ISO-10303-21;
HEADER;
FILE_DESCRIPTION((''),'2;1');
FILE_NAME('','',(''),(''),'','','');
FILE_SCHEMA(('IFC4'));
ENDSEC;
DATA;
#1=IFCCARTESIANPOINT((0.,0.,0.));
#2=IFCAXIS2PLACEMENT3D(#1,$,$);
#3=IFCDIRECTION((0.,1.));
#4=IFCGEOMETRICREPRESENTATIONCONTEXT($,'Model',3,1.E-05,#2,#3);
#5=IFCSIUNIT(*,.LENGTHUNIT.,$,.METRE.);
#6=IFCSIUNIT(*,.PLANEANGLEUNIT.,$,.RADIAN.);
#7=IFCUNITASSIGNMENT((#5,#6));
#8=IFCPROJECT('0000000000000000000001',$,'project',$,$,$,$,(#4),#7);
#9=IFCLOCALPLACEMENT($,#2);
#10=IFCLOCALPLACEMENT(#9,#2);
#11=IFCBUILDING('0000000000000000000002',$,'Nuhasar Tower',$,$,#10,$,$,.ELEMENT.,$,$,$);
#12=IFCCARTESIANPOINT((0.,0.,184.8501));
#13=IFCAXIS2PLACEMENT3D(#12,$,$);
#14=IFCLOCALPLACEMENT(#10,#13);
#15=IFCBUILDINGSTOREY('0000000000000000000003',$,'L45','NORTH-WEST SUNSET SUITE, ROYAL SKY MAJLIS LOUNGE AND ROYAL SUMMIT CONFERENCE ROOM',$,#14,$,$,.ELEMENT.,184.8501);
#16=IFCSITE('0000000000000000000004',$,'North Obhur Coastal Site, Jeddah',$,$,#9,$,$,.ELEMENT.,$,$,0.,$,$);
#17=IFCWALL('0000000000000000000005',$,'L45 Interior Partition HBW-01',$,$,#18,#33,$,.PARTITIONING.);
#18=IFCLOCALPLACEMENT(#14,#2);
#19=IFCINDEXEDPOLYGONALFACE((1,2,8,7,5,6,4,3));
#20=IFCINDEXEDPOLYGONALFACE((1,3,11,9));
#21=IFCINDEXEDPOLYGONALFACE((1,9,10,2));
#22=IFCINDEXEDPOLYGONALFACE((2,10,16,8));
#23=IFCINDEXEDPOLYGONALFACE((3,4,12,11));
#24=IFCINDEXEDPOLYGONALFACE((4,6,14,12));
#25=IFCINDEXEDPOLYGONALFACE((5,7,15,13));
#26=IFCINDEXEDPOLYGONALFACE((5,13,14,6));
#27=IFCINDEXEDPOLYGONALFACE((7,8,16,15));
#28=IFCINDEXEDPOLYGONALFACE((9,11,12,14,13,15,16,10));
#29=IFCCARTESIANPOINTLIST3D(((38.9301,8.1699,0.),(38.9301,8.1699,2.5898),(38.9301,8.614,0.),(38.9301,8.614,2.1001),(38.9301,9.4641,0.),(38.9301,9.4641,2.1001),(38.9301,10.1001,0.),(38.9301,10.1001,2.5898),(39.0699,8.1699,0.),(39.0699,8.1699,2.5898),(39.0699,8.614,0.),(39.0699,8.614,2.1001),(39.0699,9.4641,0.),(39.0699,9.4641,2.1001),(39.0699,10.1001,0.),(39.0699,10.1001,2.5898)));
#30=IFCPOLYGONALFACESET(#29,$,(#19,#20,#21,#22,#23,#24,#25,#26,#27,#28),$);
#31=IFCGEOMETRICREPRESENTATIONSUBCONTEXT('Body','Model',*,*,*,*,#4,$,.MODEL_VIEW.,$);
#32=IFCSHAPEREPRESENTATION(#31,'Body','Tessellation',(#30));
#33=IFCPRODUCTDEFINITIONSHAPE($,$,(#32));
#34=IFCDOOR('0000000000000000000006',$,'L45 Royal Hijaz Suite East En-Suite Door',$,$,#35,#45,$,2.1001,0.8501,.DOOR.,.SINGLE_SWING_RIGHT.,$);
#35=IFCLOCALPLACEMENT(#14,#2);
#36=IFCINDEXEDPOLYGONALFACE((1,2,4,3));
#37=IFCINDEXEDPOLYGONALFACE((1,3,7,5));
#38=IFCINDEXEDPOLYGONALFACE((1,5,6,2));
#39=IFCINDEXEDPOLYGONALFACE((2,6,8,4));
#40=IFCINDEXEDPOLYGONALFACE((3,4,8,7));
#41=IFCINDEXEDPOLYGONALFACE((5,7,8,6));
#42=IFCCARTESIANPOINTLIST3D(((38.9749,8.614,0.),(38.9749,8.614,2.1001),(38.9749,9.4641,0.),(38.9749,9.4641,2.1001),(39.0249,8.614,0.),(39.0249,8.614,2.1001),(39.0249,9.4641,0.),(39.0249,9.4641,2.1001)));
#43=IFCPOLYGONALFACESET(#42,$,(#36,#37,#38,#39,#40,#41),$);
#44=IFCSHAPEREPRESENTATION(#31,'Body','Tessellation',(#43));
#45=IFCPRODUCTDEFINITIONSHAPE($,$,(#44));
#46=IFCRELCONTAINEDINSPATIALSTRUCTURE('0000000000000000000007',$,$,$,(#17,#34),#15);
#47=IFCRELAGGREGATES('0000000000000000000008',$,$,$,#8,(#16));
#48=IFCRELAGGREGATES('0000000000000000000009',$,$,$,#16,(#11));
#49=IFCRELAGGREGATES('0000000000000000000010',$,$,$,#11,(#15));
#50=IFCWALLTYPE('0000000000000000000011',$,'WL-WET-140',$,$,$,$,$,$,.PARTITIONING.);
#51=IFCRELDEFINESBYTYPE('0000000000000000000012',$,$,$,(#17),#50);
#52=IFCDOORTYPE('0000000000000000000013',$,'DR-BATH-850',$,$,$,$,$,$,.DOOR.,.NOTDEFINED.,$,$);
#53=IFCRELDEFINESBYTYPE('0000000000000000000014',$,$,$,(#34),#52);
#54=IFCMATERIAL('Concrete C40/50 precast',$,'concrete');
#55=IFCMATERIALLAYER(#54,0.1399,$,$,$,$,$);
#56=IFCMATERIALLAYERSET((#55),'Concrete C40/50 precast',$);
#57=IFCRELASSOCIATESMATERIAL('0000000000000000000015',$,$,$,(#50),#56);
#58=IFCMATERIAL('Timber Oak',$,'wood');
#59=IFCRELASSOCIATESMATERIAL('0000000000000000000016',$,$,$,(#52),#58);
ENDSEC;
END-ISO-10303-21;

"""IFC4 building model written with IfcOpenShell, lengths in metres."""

from ifc_helpers import new_model, si_unit, direction, frame, frame_2d, origin, place, context, subcontext, project, spatial, rectangle, extrude, material, layer, layer_set, type_object, element, fill, save


model = new_model("IFC4")

# Units and contexts
model_context = context("Model", 3, precision=1e-05, world=origin(), true_north=direction((0.0, 1.0)))
body_context = subcontext(model_context, "Body", "Model", "MODEL_VIEW")
ifc_project = project(units=[si_unit("LENGTHUNIT", "METRE"), si_unit("PLANEANGLEUNIT", "RADIAN")], contexts=[model_context])

# Site, building, storey
site_placement = place(None, origin())
site = spatial("IfcSite", under=ifc_project, at=site_placement, Name="North Obhur Coastal Site, Jeddah", CompositionType="ELEMENT", RefElevation=0.0)
building_placement = place(site_placement, origin())
building = spatial("IfcBuilding", under=site, at=building_placement, Name="Nuhasar Tower", CompositionType="ELEMENT")
storey_placement = place(building_placement, frame((0.0, 0.0, 184.8501)))
storey = spatial("IfcBuildingStorey", under=building, at=storey_placement, Name="L45", Description="NORTH-WEST SUNSET SUITE, ROYAL SKY MAJLIS LOUNGE AND ROYAL SUMMIT CONFERENCE ROOM", CompositionType="ELEMENT", Elevation=184.8501)

# Shared definitions
ifc_material_1 = material(Name="Timber Oak", Category="wood")

# Wall, opening, door
ifc_material_2 = material(Name="Concrete C40/50 precast", Category="concrete")
ifc_layer_1 = layer(ifc_material_2, 0.1399)
ifc_layer_set_1 = layer_set([ifc_layer_1], Name="Concrete C40/50 precast")
wall_type_1 = type_object("IfcWallType", Name="WL-WET-140", PredefinedType="PARTITIONING", material=ifc_layer_set_1)
wall_1_placement = place(storey_placement, frame((39.0, 10.1001, 0.0), z_axis=(0.0, 0.0, 1.0), x_axis=(0.0, -1.0, 0.0)))
wall_1 = element("IfcWall", 1, at=wall_1_placement, inside=storey, type_object=wall_type_1, Name="L45 Interior Partition HBW-01", PredefinedType="PARTITIONING", context=body_context, shape_type="SweptSolid", body=[
    extrude(rectangle(XDim=1.9302, YDim=0.1399, at=frame_2d((0.9651, 0.0))), origin(), (0.0, 0.0, 1.0), 2.5898),
])
opening_1_placement = place(wall_1_placement, frame((0.636, 0.0, 0.0)))
opening_1 = element("IfcOpeningElement", 2, at=opening_1_placement, cuts=wall_1, PredefinedType="OPENING", context=body_context, shape_type="SweptSolid", body=[
    extrude(rectangle(XDim=0.8501, YDim=2.1001, at=frame_2d((0.425, 1.05))), frame((0.0, 0.0801, 0.0), z_axis=(0.0, -1.0, 0.0), x_axis=(1.0, 0.0, 0.0)), (0.0, 0.0, 1.0), 0.1599),
])
door_type_1 = type_object("IfcDoorType", Name="DR-BATH-850", OperationType="NOTDEFINED", PredefinedType="DOOR", material=ifc_material_1)
door_1_placement = place(opening_1_placement, origin())
door_1 = element("IfcDoor", 3, at=door_1_placement, inside=storey, type_object=door_type_1, Name="L45 Royal Hijaz Suite East En-Suite Door", OperationType="SINGLE_SWING_RIGHT", OverallHeight=2.1001, OverallWidth=0.8501, PredefinedType="DOOR", context=body_context, shape_type="SweptSolid", body=[
    extrude(rectangle(XDim=0.8501, YDim=2.1001, at=frame_2d((0.425, 1.05))), frame((0.0, 0.0249, 0.0), z_axis=(0.0, -1.0, 0.0), x_axis=(1.0, 0.0, 0.0)), (0.0, 0.0, 1.0), 0.05),
])
fill(opening_1, door_1)

save(model, "model.ifc")
